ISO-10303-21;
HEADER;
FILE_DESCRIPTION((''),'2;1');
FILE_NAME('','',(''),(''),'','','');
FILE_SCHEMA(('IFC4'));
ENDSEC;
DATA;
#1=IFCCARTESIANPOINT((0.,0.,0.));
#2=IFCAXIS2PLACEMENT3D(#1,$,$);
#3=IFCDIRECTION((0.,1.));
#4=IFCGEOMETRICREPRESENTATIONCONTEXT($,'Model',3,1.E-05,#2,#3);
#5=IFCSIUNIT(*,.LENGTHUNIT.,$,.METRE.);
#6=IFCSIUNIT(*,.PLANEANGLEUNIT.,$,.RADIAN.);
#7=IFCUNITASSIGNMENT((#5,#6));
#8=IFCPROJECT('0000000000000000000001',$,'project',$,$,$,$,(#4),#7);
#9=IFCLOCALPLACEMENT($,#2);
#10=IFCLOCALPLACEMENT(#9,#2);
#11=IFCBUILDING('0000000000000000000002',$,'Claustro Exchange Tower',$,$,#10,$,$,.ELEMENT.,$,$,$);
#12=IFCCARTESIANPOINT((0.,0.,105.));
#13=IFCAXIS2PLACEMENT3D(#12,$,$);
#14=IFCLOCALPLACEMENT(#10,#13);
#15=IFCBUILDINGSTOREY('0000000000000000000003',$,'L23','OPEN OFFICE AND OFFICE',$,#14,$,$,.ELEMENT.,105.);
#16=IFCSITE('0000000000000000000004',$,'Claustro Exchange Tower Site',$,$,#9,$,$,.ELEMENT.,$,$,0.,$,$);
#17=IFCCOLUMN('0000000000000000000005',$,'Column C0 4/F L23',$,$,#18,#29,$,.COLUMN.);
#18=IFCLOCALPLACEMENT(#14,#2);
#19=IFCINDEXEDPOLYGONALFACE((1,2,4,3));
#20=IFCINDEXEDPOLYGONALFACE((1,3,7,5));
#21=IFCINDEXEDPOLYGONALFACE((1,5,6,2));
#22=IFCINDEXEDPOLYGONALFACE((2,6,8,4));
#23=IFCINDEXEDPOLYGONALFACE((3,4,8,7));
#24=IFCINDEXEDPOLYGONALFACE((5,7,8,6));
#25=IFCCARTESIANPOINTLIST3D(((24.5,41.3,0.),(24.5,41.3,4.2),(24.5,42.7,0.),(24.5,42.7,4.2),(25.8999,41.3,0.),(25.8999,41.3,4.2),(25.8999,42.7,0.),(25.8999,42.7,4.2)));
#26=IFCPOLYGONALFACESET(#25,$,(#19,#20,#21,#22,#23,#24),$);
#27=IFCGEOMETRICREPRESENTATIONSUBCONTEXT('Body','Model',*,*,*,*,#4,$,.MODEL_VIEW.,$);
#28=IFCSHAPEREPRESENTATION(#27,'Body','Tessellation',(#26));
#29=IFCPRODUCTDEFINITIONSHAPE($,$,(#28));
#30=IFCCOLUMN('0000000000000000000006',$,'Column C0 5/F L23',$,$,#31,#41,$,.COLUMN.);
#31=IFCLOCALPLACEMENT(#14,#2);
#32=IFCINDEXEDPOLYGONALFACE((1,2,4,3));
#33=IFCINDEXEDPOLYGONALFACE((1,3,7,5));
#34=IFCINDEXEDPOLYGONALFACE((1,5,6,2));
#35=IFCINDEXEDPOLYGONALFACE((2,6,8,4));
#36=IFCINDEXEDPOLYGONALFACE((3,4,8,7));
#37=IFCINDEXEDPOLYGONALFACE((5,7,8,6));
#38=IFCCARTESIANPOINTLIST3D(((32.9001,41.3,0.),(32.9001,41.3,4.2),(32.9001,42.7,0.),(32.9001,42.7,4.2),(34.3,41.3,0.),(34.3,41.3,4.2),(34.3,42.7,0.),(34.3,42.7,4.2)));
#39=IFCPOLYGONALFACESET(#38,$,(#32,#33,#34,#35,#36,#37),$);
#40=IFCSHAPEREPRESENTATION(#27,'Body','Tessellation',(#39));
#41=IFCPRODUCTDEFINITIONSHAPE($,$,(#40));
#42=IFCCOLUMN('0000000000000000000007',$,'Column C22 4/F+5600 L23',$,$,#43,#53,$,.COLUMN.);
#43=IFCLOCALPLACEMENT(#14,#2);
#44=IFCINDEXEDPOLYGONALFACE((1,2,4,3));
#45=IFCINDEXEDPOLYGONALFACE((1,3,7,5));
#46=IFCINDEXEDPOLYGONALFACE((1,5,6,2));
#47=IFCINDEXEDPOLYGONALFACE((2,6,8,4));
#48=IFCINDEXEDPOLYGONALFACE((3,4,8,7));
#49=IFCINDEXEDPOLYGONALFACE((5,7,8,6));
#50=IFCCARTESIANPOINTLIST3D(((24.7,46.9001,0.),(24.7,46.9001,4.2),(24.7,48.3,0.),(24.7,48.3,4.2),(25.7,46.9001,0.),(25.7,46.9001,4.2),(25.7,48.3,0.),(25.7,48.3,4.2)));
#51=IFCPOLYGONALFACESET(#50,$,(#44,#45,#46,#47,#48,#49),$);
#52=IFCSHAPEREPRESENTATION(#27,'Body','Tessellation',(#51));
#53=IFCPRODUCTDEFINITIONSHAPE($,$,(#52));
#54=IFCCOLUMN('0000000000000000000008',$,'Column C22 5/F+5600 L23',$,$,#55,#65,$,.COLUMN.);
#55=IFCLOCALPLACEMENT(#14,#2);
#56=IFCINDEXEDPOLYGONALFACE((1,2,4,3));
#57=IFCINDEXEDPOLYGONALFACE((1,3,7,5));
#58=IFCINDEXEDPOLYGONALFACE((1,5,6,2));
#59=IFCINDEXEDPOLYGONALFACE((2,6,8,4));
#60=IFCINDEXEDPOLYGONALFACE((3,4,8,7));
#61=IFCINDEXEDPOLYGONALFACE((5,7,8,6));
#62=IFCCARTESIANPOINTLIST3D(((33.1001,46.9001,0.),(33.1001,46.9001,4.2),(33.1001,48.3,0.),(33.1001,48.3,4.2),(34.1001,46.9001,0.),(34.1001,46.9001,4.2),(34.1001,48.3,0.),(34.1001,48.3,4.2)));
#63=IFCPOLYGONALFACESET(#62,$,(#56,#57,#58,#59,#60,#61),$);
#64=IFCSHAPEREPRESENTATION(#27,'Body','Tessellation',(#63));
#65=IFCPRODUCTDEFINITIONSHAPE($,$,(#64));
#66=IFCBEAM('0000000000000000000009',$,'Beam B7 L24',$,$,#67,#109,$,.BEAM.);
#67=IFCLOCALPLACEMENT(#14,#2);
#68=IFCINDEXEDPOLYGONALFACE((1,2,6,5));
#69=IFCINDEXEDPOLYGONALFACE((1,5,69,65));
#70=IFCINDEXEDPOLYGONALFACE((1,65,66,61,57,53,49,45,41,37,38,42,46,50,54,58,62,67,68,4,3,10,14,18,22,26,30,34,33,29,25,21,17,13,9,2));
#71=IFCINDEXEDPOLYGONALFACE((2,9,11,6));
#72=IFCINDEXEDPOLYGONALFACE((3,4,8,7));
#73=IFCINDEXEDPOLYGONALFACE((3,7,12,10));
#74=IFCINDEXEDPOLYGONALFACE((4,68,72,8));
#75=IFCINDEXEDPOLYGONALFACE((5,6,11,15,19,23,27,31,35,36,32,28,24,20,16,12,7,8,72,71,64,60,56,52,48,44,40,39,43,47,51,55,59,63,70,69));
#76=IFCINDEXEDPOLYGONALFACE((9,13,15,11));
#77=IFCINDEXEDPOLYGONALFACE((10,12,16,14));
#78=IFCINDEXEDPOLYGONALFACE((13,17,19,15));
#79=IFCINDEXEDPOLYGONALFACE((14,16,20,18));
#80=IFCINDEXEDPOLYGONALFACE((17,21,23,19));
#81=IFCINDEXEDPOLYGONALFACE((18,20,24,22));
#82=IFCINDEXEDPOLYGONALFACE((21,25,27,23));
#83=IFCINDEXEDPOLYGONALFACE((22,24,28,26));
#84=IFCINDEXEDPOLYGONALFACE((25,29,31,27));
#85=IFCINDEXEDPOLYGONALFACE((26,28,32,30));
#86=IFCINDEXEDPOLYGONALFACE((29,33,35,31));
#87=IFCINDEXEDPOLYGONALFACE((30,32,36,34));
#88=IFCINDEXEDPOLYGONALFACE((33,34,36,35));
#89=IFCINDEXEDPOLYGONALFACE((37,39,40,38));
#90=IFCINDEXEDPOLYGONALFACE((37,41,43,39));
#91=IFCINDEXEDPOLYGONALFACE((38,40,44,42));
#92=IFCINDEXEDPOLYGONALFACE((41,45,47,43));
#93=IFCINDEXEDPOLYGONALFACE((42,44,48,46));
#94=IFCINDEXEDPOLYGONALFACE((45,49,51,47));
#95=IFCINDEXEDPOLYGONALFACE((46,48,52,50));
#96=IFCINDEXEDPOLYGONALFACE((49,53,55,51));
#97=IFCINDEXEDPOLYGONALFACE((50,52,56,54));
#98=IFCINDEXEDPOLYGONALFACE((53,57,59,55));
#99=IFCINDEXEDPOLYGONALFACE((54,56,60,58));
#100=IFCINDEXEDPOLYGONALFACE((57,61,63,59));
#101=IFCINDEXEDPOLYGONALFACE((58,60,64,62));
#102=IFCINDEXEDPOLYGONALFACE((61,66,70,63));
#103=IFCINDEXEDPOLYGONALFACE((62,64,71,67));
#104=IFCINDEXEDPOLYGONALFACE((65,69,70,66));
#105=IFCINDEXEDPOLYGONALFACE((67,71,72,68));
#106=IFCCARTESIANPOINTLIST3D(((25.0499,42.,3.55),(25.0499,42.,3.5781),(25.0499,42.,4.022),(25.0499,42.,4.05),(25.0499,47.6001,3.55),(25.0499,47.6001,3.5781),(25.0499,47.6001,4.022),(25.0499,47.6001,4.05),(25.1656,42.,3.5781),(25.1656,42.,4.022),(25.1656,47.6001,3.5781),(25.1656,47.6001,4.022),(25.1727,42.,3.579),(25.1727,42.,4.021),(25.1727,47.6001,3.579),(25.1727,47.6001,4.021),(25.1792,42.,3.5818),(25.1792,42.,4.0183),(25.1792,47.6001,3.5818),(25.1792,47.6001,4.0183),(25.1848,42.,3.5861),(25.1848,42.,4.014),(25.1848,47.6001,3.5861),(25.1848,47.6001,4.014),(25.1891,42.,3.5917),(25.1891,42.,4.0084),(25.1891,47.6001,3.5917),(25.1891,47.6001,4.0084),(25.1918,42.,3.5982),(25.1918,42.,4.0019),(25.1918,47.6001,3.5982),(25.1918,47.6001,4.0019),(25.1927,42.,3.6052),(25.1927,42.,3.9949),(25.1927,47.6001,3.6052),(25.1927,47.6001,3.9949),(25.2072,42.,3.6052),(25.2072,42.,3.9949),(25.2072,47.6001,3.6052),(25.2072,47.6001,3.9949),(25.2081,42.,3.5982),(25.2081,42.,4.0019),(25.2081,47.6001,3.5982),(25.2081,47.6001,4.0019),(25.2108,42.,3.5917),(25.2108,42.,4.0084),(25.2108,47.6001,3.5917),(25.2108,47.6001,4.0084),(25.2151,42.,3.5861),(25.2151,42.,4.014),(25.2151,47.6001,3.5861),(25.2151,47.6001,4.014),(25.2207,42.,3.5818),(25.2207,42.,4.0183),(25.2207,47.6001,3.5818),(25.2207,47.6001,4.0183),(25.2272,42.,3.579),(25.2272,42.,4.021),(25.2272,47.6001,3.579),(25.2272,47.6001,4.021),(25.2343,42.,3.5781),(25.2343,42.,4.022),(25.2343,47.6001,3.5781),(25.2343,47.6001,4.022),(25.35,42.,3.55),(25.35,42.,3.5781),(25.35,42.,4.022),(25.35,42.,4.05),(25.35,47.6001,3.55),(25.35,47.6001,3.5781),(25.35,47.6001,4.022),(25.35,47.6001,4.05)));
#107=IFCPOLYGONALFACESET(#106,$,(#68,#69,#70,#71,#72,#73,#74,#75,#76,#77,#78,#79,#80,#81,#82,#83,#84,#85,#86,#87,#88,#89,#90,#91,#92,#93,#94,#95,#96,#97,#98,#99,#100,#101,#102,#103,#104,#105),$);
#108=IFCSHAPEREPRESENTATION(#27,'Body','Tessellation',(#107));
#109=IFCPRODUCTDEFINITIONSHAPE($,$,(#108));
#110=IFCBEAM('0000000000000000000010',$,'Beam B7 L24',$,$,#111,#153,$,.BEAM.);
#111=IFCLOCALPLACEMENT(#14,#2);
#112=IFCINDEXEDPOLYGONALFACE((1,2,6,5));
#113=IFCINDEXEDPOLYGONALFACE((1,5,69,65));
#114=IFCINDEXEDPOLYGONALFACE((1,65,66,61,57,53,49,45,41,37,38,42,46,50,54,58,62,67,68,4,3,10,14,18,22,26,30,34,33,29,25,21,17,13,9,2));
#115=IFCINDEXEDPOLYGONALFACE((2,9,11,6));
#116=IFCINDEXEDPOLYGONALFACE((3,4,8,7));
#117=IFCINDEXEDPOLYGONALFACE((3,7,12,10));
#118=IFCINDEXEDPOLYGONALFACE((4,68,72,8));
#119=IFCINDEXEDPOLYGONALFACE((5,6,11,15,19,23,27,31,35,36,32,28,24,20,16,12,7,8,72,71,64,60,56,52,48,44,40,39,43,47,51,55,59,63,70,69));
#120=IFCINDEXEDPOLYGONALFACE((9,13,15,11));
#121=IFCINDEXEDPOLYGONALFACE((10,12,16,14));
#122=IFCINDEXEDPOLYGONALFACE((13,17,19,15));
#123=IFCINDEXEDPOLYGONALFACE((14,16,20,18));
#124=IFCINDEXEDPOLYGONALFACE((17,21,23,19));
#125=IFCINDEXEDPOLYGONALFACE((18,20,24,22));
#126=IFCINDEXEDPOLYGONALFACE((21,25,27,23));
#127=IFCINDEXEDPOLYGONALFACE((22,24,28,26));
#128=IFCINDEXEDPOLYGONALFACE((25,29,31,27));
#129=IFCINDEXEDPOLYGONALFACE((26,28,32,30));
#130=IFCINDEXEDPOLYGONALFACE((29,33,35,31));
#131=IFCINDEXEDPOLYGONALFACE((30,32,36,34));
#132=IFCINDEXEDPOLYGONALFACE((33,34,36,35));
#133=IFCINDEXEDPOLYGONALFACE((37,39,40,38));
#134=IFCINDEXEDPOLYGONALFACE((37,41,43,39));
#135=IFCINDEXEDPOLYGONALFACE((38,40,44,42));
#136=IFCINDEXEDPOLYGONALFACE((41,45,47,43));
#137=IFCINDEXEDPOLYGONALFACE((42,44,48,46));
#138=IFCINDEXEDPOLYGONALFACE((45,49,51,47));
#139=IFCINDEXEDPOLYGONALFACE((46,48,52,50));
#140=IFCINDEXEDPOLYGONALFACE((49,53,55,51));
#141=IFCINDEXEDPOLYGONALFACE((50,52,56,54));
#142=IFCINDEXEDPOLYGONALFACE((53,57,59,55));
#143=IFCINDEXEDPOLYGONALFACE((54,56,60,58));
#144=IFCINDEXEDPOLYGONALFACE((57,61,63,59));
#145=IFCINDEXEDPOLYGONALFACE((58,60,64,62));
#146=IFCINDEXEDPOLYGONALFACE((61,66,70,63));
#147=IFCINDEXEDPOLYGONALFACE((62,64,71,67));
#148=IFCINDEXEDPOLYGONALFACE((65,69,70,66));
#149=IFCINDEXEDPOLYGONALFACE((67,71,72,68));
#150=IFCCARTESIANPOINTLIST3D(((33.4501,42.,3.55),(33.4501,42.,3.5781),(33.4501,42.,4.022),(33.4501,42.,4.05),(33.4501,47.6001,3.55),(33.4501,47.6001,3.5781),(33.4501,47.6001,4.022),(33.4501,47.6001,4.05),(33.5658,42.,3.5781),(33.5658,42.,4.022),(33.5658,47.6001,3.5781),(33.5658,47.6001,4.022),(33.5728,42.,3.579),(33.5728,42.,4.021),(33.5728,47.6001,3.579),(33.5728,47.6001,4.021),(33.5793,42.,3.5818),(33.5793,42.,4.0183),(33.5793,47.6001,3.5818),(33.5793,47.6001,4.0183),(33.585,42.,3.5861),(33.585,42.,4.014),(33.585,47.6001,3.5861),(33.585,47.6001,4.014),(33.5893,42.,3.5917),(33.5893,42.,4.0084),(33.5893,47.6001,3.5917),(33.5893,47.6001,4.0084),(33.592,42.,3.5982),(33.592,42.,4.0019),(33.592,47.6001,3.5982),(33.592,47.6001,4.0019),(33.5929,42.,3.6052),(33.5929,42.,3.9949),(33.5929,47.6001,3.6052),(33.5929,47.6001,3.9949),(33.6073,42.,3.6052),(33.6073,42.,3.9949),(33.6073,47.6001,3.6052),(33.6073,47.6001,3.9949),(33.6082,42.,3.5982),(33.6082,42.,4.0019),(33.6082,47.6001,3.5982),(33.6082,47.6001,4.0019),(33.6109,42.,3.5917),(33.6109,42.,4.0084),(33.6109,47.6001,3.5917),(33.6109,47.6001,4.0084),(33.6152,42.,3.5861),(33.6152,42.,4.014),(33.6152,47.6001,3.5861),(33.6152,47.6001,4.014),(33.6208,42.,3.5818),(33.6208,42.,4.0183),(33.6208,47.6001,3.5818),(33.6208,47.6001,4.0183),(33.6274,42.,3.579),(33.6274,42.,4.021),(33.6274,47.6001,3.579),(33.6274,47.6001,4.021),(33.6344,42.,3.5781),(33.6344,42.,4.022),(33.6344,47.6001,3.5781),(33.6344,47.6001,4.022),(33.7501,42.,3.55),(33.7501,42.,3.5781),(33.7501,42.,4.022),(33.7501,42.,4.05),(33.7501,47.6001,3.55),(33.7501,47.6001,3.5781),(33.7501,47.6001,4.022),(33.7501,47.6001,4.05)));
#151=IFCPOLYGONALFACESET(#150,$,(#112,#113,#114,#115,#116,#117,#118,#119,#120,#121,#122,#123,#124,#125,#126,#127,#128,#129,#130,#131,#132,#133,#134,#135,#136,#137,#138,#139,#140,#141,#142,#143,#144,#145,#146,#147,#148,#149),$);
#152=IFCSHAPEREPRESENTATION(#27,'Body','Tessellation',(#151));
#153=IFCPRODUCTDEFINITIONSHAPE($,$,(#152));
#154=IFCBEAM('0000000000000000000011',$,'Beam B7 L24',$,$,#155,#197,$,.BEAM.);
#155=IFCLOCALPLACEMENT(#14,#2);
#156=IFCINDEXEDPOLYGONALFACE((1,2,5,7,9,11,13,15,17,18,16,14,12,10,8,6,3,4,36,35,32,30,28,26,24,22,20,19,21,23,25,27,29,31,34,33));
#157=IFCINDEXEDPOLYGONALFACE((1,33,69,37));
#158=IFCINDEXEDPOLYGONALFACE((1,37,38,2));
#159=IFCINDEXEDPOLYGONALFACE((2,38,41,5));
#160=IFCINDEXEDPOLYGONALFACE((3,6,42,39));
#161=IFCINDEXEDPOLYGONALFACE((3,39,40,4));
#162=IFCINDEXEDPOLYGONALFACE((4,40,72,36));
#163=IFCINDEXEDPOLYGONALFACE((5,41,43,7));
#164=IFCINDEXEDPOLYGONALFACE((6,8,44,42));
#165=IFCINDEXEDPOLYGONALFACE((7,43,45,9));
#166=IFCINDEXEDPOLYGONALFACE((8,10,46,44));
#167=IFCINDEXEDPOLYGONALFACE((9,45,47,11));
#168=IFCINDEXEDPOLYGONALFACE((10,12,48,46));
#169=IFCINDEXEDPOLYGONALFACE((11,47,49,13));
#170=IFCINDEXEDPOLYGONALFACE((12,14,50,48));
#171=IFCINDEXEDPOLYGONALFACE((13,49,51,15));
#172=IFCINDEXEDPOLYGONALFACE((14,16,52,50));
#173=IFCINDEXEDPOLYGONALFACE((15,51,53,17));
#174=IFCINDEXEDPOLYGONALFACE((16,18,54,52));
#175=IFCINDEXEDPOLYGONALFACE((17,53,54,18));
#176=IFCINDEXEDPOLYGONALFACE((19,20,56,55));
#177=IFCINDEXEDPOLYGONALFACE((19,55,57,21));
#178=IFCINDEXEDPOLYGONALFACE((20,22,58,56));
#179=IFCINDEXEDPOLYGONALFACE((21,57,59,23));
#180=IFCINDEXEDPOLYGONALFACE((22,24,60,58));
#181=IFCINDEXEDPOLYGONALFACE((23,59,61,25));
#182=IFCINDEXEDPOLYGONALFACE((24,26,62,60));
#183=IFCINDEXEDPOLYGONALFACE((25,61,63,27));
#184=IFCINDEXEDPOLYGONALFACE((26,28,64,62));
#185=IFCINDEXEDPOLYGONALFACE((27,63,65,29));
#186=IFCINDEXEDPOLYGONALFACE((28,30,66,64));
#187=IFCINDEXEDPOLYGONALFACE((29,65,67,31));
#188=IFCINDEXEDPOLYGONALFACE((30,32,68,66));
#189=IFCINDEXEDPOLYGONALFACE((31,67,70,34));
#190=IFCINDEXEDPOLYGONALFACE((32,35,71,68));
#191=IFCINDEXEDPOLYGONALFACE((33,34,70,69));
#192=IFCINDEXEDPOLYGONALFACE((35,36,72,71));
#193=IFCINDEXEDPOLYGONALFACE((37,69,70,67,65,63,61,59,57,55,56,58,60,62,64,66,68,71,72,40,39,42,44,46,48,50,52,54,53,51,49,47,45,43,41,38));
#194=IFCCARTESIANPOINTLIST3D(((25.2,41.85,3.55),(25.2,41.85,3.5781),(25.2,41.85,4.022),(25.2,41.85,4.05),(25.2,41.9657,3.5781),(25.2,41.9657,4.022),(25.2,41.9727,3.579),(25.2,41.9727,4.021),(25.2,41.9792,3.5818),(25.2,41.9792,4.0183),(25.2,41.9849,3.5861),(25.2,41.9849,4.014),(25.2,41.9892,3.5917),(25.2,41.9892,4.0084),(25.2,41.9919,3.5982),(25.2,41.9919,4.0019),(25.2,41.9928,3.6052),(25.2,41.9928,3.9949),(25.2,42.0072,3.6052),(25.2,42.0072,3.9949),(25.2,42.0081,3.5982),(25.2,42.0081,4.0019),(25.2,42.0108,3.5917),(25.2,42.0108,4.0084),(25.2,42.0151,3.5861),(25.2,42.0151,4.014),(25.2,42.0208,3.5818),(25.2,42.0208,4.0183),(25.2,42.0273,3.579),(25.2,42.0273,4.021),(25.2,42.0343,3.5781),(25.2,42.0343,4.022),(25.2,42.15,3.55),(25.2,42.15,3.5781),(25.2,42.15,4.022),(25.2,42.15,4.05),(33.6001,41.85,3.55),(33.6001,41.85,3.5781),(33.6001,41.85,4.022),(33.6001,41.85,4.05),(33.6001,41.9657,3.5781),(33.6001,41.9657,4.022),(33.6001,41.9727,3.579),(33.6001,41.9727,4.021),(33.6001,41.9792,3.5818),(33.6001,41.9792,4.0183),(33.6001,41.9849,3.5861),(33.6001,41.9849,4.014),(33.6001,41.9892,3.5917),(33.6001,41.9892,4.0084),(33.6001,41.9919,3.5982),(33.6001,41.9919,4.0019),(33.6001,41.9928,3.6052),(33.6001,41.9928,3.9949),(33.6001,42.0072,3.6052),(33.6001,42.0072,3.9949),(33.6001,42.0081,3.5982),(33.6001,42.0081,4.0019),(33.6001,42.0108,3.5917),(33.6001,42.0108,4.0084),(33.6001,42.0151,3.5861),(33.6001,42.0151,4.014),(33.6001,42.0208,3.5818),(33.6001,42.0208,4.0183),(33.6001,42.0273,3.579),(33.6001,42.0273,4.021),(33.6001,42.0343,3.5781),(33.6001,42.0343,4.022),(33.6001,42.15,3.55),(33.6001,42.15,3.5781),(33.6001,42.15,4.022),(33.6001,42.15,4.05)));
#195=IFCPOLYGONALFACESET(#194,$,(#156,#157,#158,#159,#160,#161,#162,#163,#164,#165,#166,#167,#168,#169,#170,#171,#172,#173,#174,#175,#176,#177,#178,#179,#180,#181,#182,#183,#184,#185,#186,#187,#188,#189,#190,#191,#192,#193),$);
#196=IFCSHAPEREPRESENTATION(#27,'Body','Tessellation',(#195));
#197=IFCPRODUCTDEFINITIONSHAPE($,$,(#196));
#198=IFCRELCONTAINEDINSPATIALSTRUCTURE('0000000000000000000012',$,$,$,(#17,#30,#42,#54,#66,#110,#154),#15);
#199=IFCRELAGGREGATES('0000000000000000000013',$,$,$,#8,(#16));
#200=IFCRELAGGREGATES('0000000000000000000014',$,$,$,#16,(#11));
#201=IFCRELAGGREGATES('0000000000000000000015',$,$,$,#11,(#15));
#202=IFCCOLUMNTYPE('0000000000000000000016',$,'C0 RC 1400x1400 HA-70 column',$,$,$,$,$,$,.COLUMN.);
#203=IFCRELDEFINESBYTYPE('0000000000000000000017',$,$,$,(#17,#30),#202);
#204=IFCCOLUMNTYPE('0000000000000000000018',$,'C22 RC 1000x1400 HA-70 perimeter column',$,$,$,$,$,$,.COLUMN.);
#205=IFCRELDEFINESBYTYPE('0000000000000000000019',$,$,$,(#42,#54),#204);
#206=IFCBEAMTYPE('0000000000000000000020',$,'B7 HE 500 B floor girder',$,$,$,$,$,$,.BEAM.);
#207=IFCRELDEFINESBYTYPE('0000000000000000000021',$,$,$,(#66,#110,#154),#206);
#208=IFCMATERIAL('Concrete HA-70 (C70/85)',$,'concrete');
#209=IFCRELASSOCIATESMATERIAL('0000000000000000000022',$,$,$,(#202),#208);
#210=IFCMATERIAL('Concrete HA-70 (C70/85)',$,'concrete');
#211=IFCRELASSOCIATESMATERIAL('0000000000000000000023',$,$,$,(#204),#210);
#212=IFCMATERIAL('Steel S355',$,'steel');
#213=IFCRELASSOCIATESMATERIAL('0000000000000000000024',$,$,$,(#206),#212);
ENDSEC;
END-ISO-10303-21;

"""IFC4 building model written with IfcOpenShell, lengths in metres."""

from ifc_helpers import new_model, si_unit, direction, frame, origin, origin_2d, place, context, subcontext, project, spatial, rectangle, i_section, extrude, material, material_profile, profile_set, type_object, element, save


model = new_model("IFC4")

# Units and contexts
model_context = context("Model", 3, precision=1e-05, world=origin(), true_north=direction((0.0, 1.0)))
body_context = subcontext(model_context, "Body", "Model", "MODEL_VIEW")
ifc_project = project(units=[si_unit("LENGTHUNIT", "METRE"), si_unit("PLANEANGLEUNIT", "RADIAN")], contexts=[model_context])

# Site, building, storey
site_placement = place(None, origin())
site = spatial("IfcSite", under=ifc_project, at=site_placement, Name="Claustro Exchange Tower Site", CompositionType="ELEMENT", RefElevation=0.0)
building_placement = place(site_placement, origin())
building = spatial("IfcBuilding", under=site, at=building_placement, Name="Claustro Exchange Tower", CompositionType="ELEMENT")
storey_placement = place(building_placement, frame((0.0, 0.0, 105.0)))
storey = spatial("IfcBuildingStorey", under=building, at=storey_placement, Name="L23", Description="OPEN OFFICE AND OFFICE", CompositionType="ELEMENT", Elevation=105.0)

# Columns
ifc_material_1 = material(Name="Concrete HA-70 (C70/85)", Category="concrete")
ifc_material_profile_1 = material_profile(ifc_material_1, rectangle(XDim=1.3999, YDim=1.3999, at=origin_2d()), Name="RC 1400x1400")
ifc_profile_set_1 = profile_set([ifc_material_profile_1], Name="Concrete HA-70 (C70/85)")
column_type_1 = type_object("IfcColumnType", Name="C0 RC 1400x1400 HA-70 column", PredefinedType="COLUMN", material=ifc_profile_set_1)
for number, where, z_axis, x_axis, name in (
    (1, (25.2, 42.0, 0.0), (0.0, 0.0, 1.0), (1.0, 0.0, 0.0), "Column C0 4/F L23"),
    (2, (33.6001, 42.0, 0.0), (0.0, 0.0, 1.0), (1.0, 0.0, 0.0), "Column C0 5/F L23"),
):
    element("IfcColumn", number, at=place(storey_placement, frame(where, z_axis=z_axis, x_axis=x_axis)), inside=storey, type_object=column_type_1, Name=name, PredefinedType="COLUMN", context=body_context, shape_type="SweptSolid", body=[
        extrude(rectangle(XDim=1.3999, YDim=1.3999, at=origin_2d()), origin(), (0.0, 0.0, 1.0), 4.2),
    ])
ifc_material_2 = material(Name="Concrete HA-70 (C70/85)", Category="concrete")
ifc_material_profile_2 = material_profile(ifc_material_2, rectangle(XDim=1.0, YDim=1.3999, at=origin_2d()), Name="RC 1000x1400")
ifc_profile_set_2 = profile_set([ifc_material_profile_2], Name="Concrete HA-70 (C70/85)")
column_type_2 = type_object("IfcColumnType", Name="C22 RC 1000x1400 HA-70 perimeter column", PredefinedType="COLUMN", material=ifc_profile_set_2)
for number, where, z_axis, x_axis, name in (
    (3, (25.2, 47.6001, 0.0), (0.0, 0.0, 1.0), (1.0, 0.0, 0.0), "Column C22 4/F+5600 L23"),
    (4, (33.6001, 47.6001, 0.0), (0.0, 0.0, 1.0), (1.0, 0.0, 0.0), "Column C22 5/F+5600 L23"),
):
    element("IfcColumn", number, at=place(storey_placement, frame(where, z_axis=z_axis, x_axis=x_axis)), inside=storey, type_object=column_type_2, Name=name, PredefinedType="COLUMN", context=body_context, shape_type="SweptSolid", body=[
        extrude(rectangle(XDim=1.0, YDim=1.3999, at=origin_2d()), origin(), (0.0, 0.0, 1.0), 4.2),
    ])

# Beams
ifc_material_3 = material(Name="Steel S355", Category="steel")
ifc_material_profile_3 = material_profile(ifc_material_3, i_section(OverallWidth=0.3, OverallDepth=0.5, WebThickness=0.0144, FlangeThickness=0.0281, FilletRadius=0.0271, at=origin_2d()), Name="HE 500 B")
ifc_profile_set_3 = profile_set([ifc_material_profile_3], Name="Steel S355")
beam_type_1 = type_object("IfcBeamType", Name="B7 HE 500 B floor girder", PredefinedType="BEAM", material=ifc_profile_set_3)
for number, where, z_axis, x_axis, name in (
    (5, (25.2, 42.0, 3.8), (0.0, 1.0, 0.0), (-1.0, 0.0, 0.0), "Beam B7 L24"),
    (6, (33.6001, 42.0, 3.8), (0.0, 1.0, 0.0), (-1.0, 0.0, 0.0), "Beam B7 L24"),
):
    element("IfcBeam", number, at=place(storey_placement, frame(where, z_axis=z_axis, x_axis=x_axis)), inside=storey, type_object=beam_type_1, Name=name, PredefinedType="BEAM", context=body_context, shape_type="SweptSolid", body=[
        extrude(i_section(OverallWidth=0.3, OverallDepth=0.5, WebThickness=0.0144, FlangeThickness=0.0281, FilletRadius=0.0271, at=origin_2d()), origin(), (0.0, 0.0, 1.0), 5.6001),
    ])
beam_1_placement = place(storey_placement, frame((25.2, 42.0, 3.8), z_axis=(1.0, 0.0, 0.0), x_axis=(0.0, 1.0, 0.0)))
element("IfcBeam", 7, at=beam_1_placement, inside=storey, type_object=beam_type_1, Name="Beam B7 L24", PredefinedType="BEAM", context=body_context, shape_type="SweptSolid", body=[
    extrude(i_section(OverallWidth=0.3, OverallDepth=0.5, WebThickness=0.0144, FlangeThickness=0.0281, FilletRadius=0.0271, at=origin_2d()), origin(), (0.0, 0.0, 1.0), 8.4001),
])

save(model, "model.ifc")
